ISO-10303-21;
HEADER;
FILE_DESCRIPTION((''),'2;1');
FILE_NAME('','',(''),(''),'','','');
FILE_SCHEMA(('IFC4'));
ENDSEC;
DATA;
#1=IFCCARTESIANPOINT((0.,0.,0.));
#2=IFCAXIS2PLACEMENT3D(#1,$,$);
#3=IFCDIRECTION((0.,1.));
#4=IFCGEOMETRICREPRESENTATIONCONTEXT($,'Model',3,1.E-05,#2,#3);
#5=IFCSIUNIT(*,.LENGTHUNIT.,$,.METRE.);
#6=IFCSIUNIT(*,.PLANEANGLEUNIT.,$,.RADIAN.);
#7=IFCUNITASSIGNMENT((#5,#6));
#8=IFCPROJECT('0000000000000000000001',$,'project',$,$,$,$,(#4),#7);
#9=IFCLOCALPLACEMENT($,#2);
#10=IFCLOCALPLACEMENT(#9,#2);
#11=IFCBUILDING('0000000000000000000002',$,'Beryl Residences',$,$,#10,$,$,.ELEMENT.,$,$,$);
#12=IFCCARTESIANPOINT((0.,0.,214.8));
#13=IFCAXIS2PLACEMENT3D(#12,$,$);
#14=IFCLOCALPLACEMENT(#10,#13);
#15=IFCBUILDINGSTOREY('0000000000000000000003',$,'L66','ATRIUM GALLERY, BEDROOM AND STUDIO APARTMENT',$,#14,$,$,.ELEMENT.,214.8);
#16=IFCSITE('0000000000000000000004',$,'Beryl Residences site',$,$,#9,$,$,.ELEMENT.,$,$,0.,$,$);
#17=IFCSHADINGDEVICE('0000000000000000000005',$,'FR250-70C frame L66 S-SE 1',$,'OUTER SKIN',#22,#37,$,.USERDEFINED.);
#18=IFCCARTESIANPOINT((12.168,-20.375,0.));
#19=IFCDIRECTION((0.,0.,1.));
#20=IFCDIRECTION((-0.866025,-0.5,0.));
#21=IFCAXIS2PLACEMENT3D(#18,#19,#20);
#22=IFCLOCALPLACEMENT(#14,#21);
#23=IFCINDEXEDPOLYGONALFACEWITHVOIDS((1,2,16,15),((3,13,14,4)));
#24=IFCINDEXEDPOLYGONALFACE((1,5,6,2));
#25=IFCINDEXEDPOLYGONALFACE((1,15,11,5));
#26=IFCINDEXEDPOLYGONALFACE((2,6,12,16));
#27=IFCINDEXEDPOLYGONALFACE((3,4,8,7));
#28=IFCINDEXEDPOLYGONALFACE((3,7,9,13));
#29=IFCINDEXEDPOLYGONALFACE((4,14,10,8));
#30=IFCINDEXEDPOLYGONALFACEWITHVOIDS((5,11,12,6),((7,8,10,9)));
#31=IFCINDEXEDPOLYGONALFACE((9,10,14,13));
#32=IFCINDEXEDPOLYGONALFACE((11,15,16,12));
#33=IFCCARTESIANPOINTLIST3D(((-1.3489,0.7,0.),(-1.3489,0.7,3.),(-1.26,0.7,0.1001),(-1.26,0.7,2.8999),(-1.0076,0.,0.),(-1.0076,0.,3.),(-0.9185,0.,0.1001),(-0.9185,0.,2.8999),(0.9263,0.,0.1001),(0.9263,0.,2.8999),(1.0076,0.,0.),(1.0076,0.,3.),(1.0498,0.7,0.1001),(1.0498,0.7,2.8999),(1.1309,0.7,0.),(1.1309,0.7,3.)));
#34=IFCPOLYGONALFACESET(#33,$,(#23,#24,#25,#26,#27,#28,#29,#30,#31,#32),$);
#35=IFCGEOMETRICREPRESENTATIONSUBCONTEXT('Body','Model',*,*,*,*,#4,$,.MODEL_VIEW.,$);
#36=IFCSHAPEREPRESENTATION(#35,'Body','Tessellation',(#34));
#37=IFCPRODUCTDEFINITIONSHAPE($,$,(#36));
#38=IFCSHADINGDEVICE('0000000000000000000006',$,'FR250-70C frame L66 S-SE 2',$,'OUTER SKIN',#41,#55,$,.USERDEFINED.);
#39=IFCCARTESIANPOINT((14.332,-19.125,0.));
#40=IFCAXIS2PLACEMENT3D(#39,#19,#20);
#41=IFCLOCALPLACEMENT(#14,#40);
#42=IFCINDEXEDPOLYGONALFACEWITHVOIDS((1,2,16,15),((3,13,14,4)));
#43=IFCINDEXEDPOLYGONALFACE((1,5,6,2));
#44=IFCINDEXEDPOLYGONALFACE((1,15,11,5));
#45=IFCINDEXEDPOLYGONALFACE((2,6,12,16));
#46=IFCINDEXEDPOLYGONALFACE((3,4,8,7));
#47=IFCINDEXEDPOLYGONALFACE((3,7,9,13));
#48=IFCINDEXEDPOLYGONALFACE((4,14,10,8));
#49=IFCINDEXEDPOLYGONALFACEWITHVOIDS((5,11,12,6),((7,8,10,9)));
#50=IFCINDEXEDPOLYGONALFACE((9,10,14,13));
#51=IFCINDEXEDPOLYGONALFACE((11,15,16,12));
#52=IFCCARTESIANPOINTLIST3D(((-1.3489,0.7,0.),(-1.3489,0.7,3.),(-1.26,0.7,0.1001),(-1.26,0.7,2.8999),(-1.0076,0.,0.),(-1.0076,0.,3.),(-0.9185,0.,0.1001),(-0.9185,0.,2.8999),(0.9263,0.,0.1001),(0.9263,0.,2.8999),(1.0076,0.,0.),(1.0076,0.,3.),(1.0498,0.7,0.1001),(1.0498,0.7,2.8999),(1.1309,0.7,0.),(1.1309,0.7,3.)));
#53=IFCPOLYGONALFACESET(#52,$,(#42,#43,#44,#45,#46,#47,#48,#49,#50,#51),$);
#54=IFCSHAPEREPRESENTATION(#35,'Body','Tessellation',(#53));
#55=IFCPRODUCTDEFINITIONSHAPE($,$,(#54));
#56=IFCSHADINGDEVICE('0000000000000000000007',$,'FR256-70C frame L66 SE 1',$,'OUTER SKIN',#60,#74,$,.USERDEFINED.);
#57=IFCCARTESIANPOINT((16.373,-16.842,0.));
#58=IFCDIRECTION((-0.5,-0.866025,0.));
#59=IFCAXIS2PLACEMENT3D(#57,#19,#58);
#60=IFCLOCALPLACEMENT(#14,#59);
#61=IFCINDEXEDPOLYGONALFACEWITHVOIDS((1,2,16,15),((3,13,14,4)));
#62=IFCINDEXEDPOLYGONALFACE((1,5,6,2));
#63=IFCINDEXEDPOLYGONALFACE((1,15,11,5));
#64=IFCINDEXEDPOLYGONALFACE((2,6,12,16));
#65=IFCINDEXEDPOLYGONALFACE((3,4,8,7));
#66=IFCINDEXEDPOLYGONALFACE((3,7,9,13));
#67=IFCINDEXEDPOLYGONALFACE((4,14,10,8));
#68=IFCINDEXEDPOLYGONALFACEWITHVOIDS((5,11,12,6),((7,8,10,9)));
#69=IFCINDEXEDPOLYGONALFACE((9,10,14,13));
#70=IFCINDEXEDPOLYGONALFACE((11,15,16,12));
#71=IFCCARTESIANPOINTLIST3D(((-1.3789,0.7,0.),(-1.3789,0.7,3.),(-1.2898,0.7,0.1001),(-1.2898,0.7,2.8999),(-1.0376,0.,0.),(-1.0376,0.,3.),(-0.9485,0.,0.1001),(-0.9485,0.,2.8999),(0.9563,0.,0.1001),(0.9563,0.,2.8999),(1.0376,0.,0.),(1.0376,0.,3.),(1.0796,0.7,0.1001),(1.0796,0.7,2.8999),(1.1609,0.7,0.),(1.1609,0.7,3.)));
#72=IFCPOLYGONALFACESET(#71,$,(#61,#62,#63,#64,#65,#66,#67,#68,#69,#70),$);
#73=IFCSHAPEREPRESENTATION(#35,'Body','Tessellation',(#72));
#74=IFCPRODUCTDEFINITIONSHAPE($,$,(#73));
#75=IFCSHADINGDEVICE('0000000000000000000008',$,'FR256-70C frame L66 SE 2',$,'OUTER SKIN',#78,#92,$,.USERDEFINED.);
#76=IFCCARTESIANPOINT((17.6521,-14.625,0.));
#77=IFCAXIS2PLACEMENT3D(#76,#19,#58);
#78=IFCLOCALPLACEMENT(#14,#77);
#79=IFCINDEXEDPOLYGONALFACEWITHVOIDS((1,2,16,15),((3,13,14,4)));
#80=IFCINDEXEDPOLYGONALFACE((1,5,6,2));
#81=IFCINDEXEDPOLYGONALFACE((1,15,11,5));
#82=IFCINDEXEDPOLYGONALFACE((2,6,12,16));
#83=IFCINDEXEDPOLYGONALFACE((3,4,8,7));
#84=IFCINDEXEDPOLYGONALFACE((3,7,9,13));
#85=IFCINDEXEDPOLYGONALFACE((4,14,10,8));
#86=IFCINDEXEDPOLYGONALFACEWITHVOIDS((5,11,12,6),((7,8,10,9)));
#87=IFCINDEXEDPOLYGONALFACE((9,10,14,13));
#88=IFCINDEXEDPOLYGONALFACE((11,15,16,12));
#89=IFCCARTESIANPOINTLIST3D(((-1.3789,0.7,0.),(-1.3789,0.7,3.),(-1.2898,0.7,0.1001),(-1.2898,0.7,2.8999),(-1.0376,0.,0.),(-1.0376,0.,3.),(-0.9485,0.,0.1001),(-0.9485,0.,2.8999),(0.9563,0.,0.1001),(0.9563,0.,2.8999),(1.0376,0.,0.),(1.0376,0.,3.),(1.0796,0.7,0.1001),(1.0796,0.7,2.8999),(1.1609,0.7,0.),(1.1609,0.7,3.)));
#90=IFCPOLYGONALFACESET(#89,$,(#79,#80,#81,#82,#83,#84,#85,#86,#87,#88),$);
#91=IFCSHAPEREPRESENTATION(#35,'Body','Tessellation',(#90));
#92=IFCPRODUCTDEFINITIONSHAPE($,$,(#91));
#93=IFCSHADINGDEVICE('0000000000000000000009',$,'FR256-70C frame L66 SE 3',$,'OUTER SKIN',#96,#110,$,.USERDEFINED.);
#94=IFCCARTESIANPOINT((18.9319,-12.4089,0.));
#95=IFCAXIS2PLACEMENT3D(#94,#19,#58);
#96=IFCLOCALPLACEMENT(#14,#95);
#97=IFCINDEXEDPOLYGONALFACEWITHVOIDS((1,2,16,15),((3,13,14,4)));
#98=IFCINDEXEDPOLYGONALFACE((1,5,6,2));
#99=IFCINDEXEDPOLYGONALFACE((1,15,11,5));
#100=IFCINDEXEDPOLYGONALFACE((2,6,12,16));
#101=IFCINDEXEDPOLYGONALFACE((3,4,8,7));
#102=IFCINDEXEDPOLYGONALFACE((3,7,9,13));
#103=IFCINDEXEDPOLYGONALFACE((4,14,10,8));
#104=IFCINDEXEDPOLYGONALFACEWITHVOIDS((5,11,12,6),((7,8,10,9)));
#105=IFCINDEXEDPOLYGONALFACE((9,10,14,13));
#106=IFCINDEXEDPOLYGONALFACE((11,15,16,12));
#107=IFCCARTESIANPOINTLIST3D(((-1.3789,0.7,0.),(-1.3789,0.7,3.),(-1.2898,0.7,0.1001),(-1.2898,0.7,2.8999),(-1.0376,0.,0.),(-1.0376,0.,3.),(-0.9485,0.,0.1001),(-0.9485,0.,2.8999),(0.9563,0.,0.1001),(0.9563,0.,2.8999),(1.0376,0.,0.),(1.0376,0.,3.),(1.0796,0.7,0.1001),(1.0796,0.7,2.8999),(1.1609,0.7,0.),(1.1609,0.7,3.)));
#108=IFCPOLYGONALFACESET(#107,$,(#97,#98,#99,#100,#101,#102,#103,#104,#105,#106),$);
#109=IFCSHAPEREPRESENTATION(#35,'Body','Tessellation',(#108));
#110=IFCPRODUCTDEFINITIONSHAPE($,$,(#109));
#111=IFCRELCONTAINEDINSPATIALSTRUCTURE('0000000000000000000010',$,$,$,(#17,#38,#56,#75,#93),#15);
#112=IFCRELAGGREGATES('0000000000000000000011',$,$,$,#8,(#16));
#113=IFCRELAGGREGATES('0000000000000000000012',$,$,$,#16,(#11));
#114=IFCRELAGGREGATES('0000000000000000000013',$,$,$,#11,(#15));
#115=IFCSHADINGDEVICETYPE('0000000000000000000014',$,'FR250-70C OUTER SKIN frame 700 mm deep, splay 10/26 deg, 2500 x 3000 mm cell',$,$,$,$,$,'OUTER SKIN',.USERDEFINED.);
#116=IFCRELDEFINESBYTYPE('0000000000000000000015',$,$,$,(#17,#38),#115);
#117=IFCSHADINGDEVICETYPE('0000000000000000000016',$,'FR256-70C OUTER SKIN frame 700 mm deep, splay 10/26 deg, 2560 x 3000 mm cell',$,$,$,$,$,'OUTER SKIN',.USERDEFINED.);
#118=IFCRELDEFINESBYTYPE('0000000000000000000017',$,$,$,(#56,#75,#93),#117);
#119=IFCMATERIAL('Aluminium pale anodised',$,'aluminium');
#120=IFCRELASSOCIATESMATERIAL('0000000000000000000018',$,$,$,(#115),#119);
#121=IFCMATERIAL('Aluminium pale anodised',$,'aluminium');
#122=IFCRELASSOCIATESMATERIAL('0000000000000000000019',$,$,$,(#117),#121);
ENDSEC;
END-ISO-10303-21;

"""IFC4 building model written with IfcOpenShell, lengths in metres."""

from ifc_helpers import new_model, entity, si_unit, direction, frame, origin, place, context, subcontext, project, spatial, source, transform, mapped, material, type_object, type_shapes, element, save


model = new_model("IFC4")

# Units and contexts
model_context = context("Model", 3, precision=1e-05, world=origin(), true_north=direction((0.0, 1.0)))
body_context = subcontext(model_context, "Body", "Model", "MODEL_VIEW")
ifc_project = project(units=[si_unit("LENGTHUNIT", "METRE"), si_unit("PLANEANGLEUNIT", "RADIAN")], contexts=[model_context])

# Site, building, storey
site_placement = place(None, origin())
site = spatial("IfcSite", under=ifc_project, at=site_placement, Name="Beryl Residences site", CompositionType="ELEMENT", RefElevation=0.0)
building_placement = place(site_placement, origin())
building = spatial("IfcBuilding", under=site, at=building_placement, Name="Beryl Residences", CompositionType="ELEMENT")
storey_placement = place(building_placement, frame((0.0, 0.0, 214.8)))
storey = spatial("IfcBuildingStorey", under=building, at=storey_placement, Name="L66", Description="ATRIUM GALLERY, BEDROOM AND STUDIO APARTMENT", CompositionType="ELEMENT", Elevation=214.8)

# Shading devices
ifc_material_1 = material(Name="Aluminium pale anodised", Category="aluminium")
shading_device_type_1 = type_object("IfcShadingDeviceType", Name="FR250-70C OUTER SKIN frame 700 mm deep, splay 10/26 deg, 2500 x 3000 mm cell", ElementType="OUTER SKIN", PredefinedType="USERDEFINED", material=ifc_material_1)
cartesian_point_1 = entity("IfcCartesianPoint", [-1.0076, 0.0])
cartesian_point_2 = entity("IfcCartesianPoint", [-0.9263, 0.1001])
cartesian_point_3 = entity("IfcCartesianPoint", [-1.1309, 0.0])
cartesian_point_4 = entity("IfcCartesianPoint", [-1.0498, 0.1001])
shared_shape_1 = source(origin(), body_context, "Body", "SweptSolid", [
    entity("IfcExtrudedAreaSolidTapered", entity("IfcArbitraryProfileDefWithVoids", "AREA", None, entity("IfcPolyline", [cartesian_point_1, entity("IfcCartesianPoint", [1.0076, 0.0]), entity("IfcCartesianPoint", [1.0076, 3.0]), entity("IfcCartesianPoint", [-1.0076, 3.0]), cartesian_point_1]), [entity("IfcPolyline", [cartesian_point_2, entity("IfcCartesianPoint", [0.9185, 0.1001]), entity("IfcCartesianPoint", [0.9185, 2.8999]), entity("IfcCartesianPoint", [-0.9263, 2.8999]), cartesian_point_2])]), entity("IfcAxis2Placement3D", entity("IfcCartesianPoint", [0.0, 0.0, 0.0]), entity("IfcDirection", [0.0, 1.0, 0.0]), entity("IfcDirection", [-1.0, 0.0, 0.0])), entity("IfcDirection", [0.0, 0.0, 1.0]), 0.7, entity("IfcArbitraryProfileDefWithVoids", "AREA", None, entity("IfcPolyline", [cartesian_point_3, entity("IfcCartesianPoint", [1.3489, 0.0]), entity("IfcCartesianPoint", [1.3489, 3.0]), entity("IfcCartesianPoint", [-1.1309, 3.0]), cartesian_point_3]), [entity("IfcPolyline", [cartesian_point_4, entity("IfcCartesianPoint", [1.26, 0.1001]), entity("IfcCartesianPoint", [1.26, 2.8999]), entity("IfcCartesianPoint", [-1.0498, 2.8999]), cartesian_point_4])])),
])
type_shapes(shading_device_type_1, [shared_shape_1])
for number, where, z_axis, x_axis, name in (
    (1, (12.168, -20.375, 0.0), (0.0, 0.0, 1.0), (-0.866025, -0.5, 0.0), "FR250-70C frame L66 S-SE 1"),
    (2, (14.332, -19.125, 0.0), (0.0, 0.0, 1.0), (-0.866025, -0.5, 0.0), "FR250-70C frame L66 S-SE 2"),
):
    element("IfcShadingDevice", number, at=place(storey_placement, frame(where, z_axis=z_axis, x_axis=x_axis)), inside=storey, type_object=shading_device_type_1, Name=name, ObjectType="OUTER SKIN", PredefinedType="USERDEFINED", context=body_context, shape_type="MappedRepresentation", body=[
        mapped(shared_shape_1, transform((0.0, 0.0, 0.0))),
    ])
ifc_material_2 = material(Name="Aluminium pale anodised", Category="aluminium")
shading_device_type_2 = type_object("IfcShadingDeviceType", Name="FR256-70C OUTER SKIN frame 700 mm deep, splay 10/26 deg, 2560 x 3000 mm cell", ElementType="OUTER SKIN", PredefinedType="USERDEFINED", material=ifc_material_2)
cartesian_point_5 = entity("IfcCartesianPoint", [-1.0376, 0.0])
cartesian_point_6 = entity("IfcCartesianPoint", [-0.9563, 0.1001])
cartesian_point_7 = entity("IfcCartesianPoint", [-1.1609, 0.0])
cartesian_point_8 = entity("IfcCartesianPoint", [-1.0796, 0.1001])
shared_shape_2 = source(origin(), body_context, "Body", "SweptSolid", [
    entity("IfcExtrudedAreaSolidTapered", entity("IfcArbitraryProfileDefWithVoids", "AREA", None, entity("IfcPolyline", [cartesian_point_5, entity("IfcCartesianPoint", [1.0376, 0.0]), entity("IfcCartesianPoint", [1.0376, 3.0]), entity("IfcCartesianPoint", [-1.0376, 3.0]), cartesian_point_5]), [entity("IfcPolyline", [cartesian_point_6, entity("IfcCartesianPoint", [0.9485, 0.1001]), entity("IfcCartesianPoint", [0.9485, 2.8999]), entity("IfcCartesianPoint", [-0.9563, 2.8999]), cartesian_point_6])]), entity("IfcAxis2Placement3D", entity("IfcCartesianPoint", [0.0, 0.0, 0.0]), entity("IfcDirection", [0.0, 1.0, 0.0]), entity("IfcDirection", [-1.0, 0.0, 0.0])), entity("IfcDirection", [0.0, 0.0, 1.0]), 0.7, entity("IfcArbitraryProfileDefWithVoids", "AREA", None, entity("IfcPolyline", [cartesian_point_7, entity("IfcCartesianPoint", [1.3789, 0.0]), entity("IfcCartesianPoint", [1.3789, 3.0]), entity("IfcCartesianPoint", [-1.1609, 3.0]), cartesian_point_7]), [entity("IfcPolyline", [cartesian_point_8, entity("IfcCartesianPoint", [1.2898, 0.1001]), entity("IfcCartesianPoint", [1.2898, 2.8999]), entity("IfcCartesianPoint", [-1.0796, 2.8999]), cartesian_point_8])])),
])
type_shapes(shading_device_type_2, [shared_shape_2])
for number, where, z_axis, x_axis, name in (
    (3, (16.373, -16.842, 0.0), (0.0, 0.0, 1.0), (-0.5, -0.866025, 0.0), "FR256-70C frame L66 SE 1"),
    (4, (17.6521, -14.625, 0.0), (0.0, 0.0, 1.0), (-0.5, -0.866025, 0.0), "FR256-70C frame L66 SE 2"),
    (5, (18.9319, -12.4089, 0.0), (0.0, 0.0, 1.0), (-0.5, -0.866025, 0.0), "FR256-70C frame L66 SE 3"),
):
    element("IfcShadingDevice", number, at=place(storey_placement, frame(where, z_axis=z_axis, x_axis=x_axis)), inside=storey, type_object=shading_device_type_2, Name=name, ObjectType="OUTER SKIN", PredefinedType="USERDEFINED", context=body_context, shape_type="MappedRepresentation", body=[
        mapped(shared_shape_2, transform((0.0, 0.0, 0.0))),
    ])

save(model, "model.ifc")
